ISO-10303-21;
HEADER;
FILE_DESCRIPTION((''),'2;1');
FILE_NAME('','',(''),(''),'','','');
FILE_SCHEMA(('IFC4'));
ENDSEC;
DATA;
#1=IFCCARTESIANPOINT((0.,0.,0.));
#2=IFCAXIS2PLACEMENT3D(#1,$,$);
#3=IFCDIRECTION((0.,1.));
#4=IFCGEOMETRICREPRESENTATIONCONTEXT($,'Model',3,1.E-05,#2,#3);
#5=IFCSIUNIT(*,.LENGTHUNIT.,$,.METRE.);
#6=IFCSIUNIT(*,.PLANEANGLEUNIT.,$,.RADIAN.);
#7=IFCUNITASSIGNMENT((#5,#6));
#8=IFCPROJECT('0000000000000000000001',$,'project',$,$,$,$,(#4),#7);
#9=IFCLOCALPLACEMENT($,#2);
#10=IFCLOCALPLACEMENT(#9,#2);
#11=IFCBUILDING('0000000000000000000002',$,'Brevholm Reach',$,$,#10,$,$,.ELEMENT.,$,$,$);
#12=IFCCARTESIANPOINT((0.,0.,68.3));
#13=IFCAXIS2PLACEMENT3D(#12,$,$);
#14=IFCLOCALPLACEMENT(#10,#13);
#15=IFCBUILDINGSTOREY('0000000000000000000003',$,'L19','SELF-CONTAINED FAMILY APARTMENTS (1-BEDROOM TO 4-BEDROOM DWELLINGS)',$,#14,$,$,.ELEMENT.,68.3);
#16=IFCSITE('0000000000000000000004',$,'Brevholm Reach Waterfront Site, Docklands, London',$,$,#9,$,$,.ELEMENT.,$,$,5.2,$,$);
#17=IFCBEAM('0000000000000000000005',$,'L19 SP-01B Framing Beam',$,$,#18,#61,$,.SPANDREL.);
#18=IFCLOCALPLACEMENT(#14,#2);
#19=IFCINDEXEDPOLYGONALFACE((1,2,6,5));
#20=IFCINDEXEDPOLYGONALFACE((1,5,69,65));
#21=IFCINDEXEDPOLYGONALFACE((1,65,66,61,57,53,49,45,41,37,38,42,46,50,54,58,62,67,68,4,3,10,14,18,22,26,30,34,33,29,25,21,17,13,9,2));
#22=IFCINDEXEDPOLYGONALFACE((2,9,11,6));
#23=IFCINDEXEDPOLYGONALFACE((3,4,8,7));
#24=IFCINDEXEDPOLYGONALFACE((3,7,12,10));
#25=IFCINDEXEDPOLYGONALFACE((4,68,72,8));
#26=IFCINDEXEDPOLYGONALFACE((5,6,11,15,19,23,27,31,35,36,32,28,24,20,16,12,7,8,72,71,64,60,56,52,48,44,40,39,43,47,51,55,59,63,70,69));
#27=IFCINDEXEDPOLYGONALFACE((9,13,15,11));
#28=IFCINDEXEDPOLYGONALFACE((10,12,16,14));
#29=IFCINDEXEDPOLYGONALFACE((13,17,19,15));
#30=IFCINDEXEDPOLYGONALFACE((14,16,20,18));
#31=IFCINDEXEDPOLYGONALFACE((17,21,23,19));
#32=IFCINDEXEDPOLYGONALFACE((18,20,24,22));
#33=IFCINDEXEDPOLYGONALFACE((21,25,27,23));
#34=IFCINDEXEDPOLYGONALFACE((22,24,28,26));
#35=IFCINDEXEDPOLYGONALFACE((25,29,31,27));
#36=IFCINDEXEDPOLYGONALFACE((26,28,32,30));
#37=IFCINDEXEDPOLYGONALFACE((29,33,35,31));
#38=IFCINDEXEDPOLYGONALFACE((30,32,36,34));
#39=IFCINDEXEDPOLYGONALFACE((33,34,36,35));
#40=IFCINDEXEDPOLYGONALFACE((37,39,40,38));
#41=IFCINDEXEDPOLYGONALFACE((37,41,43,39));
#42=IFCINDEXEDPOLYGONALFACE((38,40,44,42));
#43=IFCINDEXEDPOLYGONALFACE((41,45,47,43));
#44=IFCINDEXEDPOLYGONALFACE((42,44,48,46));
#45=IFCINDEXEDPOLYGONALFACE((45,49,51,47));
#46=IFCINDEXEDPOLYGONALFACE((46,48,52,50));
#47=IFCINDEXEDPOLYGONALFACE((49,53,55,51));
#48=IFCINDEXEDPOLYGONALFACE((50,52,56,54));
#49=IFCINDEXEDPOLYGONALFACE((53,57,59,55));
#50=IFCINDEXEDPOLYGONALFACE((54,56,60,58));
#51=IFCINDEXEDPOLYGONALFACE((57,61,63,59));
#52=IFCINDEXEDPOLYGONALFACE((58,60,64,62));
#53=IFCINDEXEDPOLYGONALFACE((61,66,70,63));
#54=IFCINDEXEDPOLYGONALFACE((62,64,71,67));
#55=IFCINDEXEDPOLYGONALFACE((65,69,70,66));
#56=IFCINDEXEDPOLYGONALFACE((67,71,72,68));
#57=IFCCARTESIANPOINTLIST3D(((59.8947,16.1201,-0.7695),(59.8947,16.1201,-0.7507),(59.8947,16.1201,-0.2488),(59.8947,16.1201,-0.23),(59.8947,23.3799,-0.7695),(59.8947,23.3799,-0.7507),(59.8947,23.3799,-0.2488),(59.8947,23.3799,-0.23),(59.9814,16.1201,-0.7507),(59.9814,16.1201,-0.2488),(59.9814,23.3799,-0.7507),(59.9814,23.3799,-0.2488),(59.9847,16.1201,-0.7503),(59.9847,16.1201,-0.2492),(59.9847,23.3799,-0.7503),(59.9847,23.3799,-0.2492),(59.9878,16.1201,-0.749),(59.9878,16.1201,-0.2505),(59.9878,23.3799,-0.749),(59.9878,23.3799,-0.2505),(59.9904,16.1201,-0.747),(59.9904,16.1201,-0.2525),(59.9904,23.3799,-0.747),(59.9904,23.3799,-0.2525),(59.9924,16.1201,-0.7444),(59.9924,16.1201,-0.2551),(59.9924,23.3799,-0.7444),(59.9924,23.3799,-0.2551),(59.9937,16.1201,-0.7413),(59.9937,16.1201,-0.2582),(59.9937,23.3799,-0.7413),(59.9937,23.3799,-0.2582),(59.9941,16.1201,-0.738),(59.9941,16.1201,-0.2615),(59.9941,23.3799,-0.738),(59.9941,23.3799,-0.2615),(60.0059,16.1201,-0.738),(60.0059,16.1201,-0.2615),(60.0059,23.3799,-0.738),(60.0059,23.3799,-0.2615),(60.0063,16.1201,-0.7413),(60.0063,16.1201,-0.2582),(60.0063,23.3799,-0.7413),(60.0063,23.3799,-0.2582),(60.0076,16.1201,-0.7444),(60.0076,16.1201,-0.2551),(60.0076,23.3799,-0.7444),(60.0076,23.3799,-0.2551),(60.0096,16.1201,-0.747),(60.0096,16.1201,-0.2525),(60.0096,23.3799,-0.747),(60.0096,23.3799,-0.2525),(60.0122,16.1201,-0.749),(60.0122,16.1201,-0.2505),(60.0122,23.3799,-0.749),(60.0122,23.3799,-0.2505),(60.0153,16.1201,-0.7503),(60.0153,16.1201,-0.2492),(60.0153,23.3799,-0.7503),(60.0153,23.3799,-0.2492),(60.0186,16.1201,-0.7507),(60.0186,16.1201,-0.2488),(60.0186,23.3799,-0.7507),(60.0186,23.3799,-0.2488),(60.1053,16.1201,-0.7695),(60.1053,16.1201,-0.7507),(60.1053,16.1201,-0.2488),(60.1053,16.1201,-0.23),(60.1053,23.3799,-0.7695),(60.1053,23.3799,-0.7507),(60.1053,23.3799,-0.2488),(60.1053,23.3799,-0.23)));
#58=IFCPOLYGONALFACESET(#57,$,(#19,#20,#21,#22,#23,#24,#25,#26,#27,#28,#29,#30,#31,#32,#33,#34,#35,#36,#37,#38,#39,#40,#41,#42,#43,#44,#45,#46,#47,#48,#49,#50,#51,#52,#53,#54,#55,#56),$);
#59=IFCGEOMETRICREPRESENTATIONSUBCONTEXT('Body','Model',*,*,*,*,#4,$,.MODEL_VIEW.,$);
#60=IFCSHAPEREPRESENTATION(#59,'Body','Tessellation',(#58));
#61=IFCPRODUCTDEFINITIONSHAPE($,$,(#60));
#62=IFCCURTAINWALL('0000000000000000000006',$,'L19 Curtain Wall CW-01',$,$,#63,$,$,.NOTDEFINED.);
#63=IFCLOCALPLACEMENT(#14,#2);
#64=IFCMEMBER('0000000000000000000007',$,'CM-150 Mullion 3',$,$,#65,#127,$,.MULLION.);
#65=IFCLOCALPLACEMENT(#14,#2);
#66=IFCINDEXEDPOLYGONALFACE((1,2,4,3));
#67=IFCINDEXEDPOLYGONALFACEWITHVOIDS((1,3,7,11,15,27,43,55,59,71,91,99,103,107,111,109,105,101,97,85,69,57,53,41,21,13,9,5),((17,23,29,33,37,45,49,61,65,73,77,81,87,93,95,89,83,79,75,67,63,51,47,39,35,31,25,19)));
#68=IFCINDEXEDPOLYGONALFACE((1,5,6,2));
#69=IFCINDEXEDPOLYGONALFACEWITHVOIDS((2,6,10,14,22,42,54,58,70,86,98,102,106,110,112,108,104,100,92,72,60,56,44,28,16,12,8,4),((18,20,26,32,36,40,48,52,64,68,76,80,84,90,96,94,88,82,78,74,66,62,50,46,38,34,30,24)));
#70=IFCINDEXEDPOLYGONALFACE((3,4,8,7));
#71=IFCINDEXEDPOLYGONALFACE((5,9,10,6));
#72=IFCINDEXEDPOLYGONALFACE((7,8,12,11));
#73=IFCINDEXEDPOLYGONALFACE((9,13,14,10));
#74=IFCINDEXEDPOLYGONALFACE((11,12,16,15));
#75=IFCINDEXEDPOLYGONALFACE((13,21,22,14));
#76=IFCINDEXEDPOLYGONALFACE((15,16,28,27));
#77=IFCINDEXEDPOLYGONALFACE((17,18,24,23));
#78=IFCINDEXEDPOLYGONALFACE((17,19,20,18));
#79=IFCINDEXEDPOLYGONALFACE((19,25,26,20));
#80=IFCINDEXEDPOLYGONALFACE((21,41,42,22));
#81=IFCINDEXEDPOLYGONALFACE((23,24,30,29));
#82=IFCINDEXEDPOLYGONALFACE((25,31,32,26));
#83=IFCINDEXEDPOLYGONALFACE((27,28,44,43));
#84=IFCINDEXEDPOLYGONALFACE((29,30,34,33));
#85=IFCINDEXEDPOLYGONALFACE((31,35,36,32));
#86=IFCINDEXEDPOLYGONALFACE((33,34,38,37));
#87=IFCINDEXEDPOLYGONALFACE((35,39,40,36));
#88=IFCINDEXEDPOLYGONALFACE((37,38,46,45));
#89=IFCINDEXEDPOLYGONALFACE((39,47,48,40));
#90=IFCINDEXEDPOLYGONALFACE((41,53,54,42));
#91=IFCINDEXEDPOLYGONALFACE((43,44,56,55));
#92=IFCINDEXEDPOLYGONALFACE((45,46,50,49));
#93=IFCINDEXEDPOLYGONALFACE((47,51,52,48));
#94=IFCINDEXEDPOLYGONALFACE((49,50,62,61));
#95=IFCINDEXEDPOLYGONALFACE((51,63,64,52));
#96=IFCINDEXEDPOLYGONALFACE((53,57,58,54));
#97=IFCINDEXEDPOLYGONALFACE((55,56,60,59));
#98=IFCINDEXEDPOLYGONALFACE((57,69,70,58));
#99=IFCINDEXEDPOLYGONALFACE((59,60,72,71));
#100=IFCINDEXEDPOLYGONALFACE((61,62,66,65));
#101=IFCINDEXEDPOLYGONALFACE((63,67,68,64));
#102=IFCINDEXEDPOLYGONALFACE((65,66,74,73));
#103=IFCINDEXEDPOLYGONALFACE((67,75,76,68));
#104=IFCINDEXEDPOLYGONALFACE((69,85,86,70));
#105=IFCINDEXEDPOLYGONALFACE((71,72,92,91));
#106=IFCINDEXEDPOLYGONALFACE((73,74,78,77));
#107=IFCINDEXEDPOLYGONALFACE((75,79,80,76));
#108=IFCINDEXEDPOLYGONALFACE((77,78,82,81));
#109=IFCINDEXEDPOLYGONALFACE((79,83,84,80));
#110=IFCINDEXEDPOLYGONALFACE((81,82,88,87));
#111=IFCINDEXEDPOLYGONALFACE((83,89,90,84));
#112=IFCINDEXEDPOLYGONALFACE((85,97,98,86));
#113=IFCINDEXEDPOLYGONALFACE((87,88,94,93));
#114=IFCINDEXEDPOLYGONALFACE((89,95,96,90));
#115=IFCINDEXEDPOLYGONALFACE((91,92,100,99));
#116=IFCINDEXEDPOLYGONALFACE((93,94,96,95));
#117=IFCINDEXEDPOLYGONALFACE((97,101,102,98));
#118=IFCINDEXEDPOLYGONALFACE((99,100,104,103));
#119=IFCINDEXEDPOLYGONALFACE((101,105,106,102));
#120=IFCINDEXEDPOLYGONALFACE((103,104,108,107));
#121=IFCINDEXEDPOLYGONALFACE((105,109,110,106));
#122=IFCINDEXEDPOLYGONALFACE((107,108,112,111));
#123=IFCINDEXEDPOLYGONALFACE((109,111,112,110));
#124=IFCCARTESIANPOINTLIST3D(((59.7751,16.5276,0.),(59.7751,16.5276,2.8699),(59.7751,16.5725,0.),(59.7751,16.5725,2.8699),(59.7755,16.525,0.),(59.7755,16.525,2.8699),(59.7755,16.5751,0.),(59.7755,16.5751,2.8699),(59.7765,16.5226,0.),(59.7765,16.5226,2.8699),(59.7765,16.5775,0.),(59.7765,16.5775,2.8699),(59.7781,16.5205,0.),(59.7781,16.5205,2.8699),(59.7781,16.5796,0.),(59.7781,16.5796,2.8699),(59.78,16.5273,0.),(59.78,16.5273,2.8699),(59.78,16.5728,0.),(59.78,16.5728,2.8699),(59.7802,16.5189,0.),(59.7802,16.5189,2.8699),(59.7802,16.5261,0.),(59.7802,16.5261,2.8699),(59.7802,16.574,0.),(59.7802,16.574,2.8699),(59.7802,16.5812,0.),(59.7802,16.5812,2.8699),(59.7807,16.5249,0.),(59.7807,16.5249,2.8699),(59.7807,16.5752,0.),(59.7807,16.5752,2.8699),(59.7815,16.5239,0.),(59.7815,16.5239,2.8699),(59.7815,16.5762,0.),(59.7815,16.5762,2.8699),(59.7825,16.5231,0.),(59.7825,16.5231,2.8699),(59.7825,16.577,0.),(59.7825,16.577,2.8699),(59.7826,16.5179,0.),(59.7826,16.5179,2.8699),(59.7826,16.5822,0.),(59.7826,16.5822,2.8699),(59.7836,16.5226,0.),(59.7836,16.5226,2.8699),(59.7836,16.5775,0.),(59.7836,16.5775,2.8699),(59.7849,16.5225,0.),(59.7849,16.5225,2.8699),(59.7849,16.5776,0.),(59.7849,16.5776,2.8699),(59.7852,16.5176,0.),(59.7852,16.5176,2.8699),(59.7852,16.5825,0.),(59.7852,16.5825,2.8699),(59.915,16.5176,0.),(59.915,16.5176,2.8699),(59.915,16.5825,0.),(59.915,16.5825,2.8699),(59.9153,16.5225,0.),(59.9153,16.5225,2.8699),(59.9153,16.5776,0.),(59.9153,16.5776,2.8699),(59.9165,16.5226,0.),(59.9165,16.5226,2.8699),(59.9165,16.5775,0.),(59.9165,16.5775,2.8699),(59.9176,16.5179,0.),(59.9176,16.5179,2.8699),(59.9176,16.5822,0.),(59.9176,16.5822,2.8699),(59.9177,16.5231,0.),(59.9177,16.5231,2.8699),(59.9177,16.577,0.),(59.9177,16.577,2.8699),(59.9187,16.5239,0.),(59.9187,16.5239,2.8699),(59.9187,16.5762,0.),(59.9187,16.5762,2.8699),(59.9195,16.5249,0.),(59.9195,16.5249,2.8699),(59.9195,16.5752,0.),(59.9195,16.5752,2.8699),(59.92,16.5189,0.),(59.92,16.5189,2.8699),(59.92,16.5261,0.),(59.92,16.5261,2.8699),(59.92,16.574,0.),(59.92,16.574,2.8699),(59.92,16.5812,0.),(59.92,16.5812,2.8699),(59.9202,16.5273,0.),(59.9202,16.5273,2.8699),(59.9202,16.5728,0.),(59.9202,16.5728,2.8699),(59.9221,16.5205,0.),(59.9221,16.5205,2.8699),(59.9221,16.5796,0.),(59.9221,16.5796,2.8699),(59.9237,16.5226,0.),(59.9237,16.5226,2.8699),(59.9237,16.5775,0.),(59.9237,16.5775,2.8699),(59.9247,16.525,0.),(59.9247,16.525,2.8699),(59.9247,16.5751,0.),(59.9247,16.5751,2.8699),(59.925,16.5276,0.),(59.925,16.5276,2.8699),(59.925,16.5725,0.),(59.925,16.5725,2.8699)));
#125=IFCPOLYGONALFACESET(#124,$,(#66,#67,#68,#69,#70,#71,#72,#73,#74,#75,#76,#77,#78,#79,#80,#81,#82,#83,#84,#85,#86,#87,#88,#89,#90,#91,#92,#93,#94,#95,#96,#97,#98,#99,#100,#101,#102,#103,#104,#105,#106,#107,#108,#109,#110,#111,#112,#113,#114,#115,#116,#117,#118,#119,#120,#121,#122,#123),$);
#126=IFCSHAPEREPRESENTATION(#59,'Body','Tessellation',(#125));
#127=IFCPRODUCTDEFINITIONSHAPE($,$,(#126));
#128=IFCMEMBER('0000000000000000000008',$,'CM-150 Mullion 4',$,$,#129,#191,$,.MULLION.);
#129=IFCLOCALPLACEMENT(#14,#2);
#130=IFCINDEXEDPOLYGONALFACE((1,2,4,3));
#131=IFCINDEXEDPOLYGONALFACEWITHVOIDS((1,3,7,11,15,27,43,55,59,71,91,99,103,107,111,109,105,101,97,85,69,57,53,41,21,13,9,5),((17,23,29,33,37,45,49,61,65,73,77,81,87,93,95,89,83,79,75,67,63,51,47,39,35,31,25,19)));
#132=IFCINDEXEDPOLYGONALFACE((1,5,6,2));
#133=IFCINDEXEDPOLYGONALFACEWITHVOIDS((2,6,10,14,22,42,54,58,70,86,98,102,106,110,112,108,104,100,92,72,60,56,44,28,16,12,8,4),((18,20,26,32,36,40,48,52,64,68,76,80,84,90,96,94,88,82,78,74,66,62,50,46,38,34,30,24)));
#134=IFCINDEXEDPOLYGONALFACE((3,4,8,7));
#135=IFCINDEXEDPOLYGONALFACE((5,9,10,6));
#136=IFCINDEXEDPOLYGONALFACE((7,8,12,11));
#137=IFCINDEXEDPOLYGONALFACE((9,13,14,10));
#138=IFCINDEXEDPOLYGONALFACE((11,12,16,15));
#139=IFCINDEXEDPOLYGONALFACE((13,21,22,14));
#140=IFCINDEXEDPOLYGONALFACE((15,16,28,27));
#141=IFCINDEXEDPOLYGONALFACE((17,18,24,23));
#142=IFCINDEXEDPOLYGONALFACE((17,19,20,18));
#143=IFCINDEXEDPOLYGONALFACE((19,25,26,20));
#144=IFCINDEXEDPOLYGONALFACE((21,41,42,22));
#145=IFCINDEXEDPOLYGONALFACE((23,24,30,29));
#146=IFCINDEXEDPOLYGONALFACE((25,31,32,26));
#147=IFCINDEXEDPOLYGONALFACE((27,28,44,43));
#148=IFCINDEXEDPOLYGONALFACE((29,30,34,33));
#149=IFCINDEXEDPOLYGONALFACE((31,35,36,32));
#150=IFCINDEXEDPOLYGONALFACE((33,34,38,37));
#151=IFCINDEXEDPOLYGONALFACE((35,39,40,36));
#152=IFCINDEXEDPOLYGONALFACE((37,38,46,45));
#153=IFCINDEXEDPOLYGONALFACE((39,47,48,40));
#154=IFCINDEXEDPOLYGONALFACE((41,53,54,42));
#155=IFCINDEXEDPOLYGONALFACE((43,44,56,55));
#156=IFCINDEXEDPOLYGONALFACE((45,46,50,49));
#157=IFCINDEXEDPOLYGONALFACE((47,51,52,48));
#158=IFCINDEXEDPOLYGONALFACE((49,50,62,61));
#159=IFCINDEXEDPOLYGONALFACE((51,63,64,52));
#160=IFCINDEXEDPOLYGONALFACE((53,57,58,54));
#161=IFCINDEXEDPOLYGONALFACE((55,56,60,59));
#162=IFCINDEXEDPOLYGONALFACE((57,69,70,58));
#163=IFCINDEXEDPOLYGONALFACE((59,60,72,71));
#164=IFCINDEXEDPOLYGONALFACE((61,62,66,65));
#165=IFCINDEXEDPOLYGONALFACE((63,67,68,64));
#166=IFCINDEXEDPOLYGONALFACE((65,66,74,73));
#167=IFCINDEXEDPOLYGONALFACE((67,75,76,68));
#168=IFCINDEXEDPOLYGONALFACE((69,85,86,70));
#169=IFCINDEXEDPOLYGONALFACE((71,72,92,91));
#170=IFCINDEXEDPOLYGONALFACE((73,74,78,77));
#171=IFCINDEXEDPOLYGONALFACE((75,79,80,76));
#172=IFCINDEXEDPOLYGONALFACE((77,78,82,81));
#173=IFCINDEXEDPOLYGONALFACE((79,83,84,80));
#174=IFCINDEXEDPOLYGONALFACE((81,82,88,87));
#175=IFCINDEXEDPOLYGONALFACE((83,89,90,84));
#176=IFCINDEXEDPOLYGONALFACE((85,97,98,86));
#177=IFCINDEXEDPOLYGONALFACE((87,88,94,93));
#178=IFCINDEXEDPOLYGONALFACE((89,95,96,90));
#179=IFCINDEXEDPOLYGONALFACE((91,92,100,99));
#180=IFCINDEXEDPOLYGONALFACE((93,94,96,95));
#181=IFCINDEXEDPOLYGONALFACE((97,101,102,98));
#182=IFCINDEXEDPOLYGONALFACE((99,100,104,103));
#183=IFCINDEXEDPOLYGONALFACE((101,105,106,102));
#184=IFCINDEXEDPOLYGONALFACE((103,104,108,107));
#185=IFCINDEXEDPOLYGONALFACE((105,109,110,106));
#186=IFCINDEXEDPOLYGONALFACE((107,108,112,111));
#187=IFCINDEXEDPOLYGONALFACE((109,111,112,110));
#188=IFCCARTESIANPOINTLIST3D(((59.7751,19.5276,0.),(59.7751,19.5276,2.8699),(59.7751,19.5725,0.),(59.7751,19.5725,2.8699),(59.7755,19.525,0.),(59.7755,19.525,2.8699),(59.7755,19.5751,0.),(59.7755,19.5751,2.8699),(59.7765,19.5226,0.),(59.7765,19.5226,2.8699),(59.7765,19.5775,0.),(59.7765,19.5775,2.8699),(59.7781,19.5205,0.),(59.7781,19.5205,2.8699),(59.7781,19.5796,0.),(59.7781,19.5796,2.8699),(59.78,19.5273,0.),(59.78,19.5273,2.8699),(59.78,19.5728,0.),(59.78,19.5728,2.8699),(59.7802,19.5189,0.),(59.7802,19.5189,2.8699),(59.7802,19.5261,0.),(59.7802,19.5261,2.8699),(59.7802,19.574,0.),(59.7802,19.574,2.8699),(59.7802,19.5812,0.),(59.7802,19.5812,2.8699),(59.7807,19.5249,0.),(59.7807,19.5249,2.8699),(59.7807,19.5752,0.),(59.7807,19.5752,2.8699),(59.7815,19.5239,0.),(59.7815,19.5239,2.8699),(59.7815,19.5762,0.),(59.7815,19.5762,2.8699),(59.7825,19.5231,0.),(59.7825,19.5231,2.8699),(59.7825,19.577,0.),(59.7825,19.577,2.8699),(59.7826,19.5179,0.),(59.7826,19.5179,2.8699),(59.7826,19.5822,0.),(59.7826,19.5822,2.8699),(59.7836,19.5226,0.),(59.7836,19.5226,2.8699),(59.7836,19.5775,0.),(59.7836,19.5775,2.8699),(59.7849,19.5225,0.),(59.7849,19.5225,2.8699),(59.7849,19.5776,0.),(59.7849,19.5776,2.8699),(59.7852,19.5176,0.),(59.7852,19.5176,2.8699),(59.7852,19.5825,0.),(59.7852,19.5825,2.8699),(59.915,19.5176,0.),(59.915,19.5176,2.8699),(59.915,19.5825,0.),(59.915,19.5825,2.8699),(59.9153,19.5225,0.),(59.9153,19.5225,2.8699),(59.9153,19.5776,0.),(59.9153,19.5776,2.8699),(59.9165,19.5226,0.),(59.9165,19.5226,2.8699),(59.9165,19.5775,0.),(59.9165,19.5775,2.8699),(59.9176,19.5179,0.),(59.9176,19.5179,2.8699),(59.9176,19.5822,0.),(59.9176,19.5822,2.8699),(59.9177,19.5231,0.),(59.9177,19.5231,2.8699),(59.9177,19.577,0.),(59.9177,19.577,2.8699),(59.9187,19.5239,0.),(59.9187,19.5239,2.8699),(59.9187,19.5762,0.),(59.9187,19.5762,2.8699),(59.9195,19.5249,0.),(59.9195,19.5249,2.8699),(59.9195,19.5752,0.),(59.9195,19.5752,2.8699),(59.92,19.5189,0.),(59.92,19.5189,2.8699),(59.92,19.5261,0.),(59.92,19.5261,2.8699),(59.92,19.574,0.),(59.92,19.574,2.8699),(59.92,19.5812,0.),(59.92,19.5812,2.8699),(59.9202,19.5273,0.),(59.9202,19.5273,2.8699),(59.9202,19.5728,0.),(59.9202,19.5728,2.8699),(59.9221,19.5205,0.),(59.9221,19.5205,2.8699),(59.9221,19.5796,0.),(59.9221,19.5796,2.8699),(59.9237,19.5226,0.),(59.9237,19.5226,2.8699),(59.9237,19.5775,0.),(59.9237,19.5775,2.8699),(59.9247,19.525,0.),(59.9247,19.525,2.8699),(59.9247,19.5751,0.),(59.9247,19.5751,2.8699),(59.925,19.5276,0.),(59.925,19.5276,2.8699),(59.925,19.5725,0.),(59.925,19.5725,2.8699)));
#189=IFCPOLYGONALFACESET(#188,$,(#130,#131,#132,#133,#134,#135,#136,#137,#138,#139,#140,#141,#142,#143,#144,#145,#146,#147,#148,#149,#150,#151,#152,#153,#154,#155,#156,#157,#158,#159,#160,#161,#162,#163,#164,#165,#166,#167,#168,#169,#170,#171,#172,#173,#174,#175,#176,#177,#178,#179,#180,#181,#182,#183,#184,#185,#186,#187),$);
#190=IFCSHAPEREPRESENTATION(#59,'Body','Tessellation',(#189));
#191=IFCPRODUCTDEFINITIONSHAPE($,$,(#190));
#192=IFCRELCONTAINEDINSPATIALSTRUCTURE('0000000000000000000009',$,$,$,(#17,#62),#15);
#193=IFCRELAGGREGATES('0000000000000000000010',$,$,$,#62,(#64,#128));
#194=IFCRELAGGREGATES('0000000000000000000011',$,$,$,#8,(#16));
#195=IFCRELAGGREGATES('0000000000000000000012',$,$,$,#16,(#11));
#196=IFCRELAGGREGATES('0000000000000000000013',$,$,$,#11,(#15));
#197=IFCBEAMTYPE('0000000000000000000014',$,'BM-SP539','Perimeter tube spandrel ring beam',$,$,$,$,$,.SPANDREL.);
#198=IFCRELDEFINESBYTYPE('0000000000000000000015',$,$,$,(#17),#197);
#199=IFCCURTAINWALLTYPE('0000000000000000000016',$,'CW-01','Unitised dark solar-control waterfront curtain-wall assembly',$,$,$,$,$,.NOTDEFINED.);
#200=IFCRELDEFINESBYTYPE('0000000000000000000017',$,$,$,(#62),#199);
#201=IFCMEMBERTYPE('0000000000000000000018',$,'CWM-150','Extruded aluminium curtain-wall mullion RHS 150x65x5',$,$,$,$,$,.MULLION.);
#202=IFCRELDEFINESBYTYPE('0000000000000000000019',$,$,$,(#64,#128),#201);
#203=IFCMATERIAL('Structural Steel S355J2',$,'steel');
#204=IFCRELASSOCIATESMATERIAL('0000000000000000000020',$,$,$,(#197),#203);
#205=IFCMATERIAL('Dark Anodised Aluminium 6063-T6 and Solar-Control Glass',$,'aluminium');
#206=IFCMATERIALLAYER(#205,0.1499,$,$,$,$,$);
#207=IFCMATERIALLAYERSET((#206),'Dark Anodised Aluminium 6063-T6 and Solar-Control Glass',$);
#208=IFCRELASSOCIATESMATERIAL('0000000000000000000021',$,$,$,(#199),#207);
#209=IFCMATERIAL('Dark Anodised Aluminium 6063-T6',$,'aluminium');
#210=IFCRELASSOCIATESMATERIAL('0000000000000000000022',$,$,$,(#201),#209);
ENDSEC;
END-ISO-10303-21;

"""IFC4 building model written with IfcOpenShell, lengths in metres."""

from ifc_helpers import new_model, si_unit, direction, frame, origin, origin_2d, place, context, subcontext, project, spatial, hollow_rectangle, i_section, extrude, material, layer, layer_set, material_profile, profile_set, type_object, element, aggregate, save


model = new_model("IFC4")

# Units and contexts
model_context = context("Model", 3, precision=1e-05, world=origin(), true_north=direction((0.0, 1.0)))
body_context = subcontext(model_context, "Body", "Model", "MODEL_VIEW")
ifc_project = project(units=[si_unit("LENGTHUNIT", "METRE"), si_unit("PLANEANGLEUNIT", "RADIAN")], contexts=[model_context])

# Site, building, storey
site_placement = place(None, origin())
site = spatial("IfcSite", under=ifc_project, at=site_placement, Name="Brevholm Reach Waterfront Site, Docklands, London", CompositionType="ELEMENT", RefElevation=5.2)
building_placement = place(site_placement, origin())
building = spatial("IfcBuilding", under=site, at=building_placement, Name="Brevholm Reach", CompositionType="ELEMENT")
storey_placement = place(building_placement, frame((0.0, 0.0, 68.3)))
storey = spatial("IfcBuildingStorey", under=building, at=storey_placement, Name="L19", Description="SELF-CONTAINED FAMILY APARTMENTS (1-BEDROOM TO 4-BEDROOM DWELLINGS)", CompositionType="ELEMENT", Elevation=68.3)

# Beam
ifc_material_1 = material(Name="Structural Steel S355J2", Category="steel")
ifc_material_profile_1 = material_profile(ifc_material_1, i_section(OverallWidth=0.2107, OverallDepth=0.5396, WebThickness=0.0117, FlangeThickness=0.0188, FilletRadius=0.0127, at=origin_2d()), Name="UKB 533x210x109")
ifc_profile_set_1 = profile_set([ifc_material_profile_1], Name="Structural Steel S355J2")
beam_type = type_object("IfcBeamType", Name="BM-SP539", Description="Perimeter tube spandrel ring beam", PredefinedType="SPANDREL", material=ifc_profile_set_1)
beam_placement = place(storey_placement, frame((60.0, 16.1201, -0.4998), z_axis=(0.0, 1.0, 0.0), x_axis=(-1.0, 0.0, 0.0)))
element("IfcBeam", 1, at=beam_placement, inside=storey, type_object=beam_type, Name="L19 SP-01B Framing Beam", PredefinedType="SPANDREL", context=body_context, shape_type="SweptSolid", body=[
    extrude(i_section(OverallWidth=0.2107, OverallDepth=0.5396, WebThickness=0.0117, FlangeThickness=0.0188, FilletRadius=0.0127, at=origin_2d()), origin(), (0.0, 0.0, 1.0), 7.2598),
])

# Curtain wall, members
ifc_material_2 = material(Name="Dark Anodised Aluminium 6063-T6 and Solar-Control Glass", Category="aluminium")
ifc_layer_1 = layer(ifc_material_2, 0.1499)
ifc_layer_set_1 = layer_set([ifc_layer_1], Name="Dark Anodised Aluminium 6063-T6 and Solar-Control Glass")
curtain_wall_type = type_object("IfcCurtainWallType", Name="CW-01", Description="Unitised dark solar-control waterfront curtain-wall assembly", PredefinedType="NOTDEFINED", material=ifc_layer_set_1)
curtain_wall_placement = place(storey_placement, origin())
curtain_wall = element("IfcCurtainWall", 2, at=curtain_wall_placement, inside=storey, type_object=curtain_wall_type, Name="L19 Curtain Wall CW-01", PredefinedType="NOTDEFINED")
ifc_material_3 = material(Name="Dark Anodised Aluminium 6063-T6", Category="aluminium")
ifc_material_profile_2 = material_profile(ifc_material_3, hollow_rectangle(XDim=0.0649, YDim=0.1499, WallThickness=0.0049, InnerFilletRadius=0.0049, OuterFilletRadius=0.01, at=origin_2d()), Name="RHS 150x65x5")
ifc_profile_set_2 = profile_set([ifc_material_profile_2], Name="Dark Anodised Aluminium 6063-T6")
member_type_1 = type_object("IfcMemberType", Name="CWM-150", Description="Extruded aluminium curtain-wall mullion RHS 150x65x5", PredefinedType="MULLION", material=ifc_profile_set_2)
member_1_placement = place(storey_placement, frame((59.8501, 16.55, 0.0), z_axis=(0.0, 0.0, 1.0), x_axis=(0.0, 1.0, 0.0)))
member_1 = element("IfcMember", 3, at=member_1_placement, type_object=member_type_1, Name="CM-150 Mullion 3", PredefinedType="MULLION", context=body_context, shape_type="SweptSolid", body=[
    extrude(hollow_rectangle(XDim=0.0649, YDim=0.1499, WallThickness=0.0049, InnerFilletRadius=0.0049, OuterFilletRadius=0.01, at=origin_2d()), origin(), (0.0, 0.0, 1.0), 2.8699),
])
member_2_placement = place(storey_placement, frame((59.8501, 19.55, 0.0), z_axis=(0.0, 0.0, 1.0), x_axis=(0.0, 1.0, 0.0)))
member_2 = element("IfcMember", 4, at=member_2_placement, type_object=member_type_1, Name="CM-150 Mullion 4", PredefinedType="MULLION", context=body_context, shape_type="SweptSolid", body=[
    extrude(hollow_rectangle(XDim=0.0649, YDim=0.1499, WallThickness=0.0049, InnerFilletRadius=0.0049, OuterFilletRadius=0.01, at=origin_2d()), origin(), (0.0, 0.0, 1.0), 2.8699),
])
aggregate(curtain_wall, [member_1, member_2])

save(model, "model.ifc")
